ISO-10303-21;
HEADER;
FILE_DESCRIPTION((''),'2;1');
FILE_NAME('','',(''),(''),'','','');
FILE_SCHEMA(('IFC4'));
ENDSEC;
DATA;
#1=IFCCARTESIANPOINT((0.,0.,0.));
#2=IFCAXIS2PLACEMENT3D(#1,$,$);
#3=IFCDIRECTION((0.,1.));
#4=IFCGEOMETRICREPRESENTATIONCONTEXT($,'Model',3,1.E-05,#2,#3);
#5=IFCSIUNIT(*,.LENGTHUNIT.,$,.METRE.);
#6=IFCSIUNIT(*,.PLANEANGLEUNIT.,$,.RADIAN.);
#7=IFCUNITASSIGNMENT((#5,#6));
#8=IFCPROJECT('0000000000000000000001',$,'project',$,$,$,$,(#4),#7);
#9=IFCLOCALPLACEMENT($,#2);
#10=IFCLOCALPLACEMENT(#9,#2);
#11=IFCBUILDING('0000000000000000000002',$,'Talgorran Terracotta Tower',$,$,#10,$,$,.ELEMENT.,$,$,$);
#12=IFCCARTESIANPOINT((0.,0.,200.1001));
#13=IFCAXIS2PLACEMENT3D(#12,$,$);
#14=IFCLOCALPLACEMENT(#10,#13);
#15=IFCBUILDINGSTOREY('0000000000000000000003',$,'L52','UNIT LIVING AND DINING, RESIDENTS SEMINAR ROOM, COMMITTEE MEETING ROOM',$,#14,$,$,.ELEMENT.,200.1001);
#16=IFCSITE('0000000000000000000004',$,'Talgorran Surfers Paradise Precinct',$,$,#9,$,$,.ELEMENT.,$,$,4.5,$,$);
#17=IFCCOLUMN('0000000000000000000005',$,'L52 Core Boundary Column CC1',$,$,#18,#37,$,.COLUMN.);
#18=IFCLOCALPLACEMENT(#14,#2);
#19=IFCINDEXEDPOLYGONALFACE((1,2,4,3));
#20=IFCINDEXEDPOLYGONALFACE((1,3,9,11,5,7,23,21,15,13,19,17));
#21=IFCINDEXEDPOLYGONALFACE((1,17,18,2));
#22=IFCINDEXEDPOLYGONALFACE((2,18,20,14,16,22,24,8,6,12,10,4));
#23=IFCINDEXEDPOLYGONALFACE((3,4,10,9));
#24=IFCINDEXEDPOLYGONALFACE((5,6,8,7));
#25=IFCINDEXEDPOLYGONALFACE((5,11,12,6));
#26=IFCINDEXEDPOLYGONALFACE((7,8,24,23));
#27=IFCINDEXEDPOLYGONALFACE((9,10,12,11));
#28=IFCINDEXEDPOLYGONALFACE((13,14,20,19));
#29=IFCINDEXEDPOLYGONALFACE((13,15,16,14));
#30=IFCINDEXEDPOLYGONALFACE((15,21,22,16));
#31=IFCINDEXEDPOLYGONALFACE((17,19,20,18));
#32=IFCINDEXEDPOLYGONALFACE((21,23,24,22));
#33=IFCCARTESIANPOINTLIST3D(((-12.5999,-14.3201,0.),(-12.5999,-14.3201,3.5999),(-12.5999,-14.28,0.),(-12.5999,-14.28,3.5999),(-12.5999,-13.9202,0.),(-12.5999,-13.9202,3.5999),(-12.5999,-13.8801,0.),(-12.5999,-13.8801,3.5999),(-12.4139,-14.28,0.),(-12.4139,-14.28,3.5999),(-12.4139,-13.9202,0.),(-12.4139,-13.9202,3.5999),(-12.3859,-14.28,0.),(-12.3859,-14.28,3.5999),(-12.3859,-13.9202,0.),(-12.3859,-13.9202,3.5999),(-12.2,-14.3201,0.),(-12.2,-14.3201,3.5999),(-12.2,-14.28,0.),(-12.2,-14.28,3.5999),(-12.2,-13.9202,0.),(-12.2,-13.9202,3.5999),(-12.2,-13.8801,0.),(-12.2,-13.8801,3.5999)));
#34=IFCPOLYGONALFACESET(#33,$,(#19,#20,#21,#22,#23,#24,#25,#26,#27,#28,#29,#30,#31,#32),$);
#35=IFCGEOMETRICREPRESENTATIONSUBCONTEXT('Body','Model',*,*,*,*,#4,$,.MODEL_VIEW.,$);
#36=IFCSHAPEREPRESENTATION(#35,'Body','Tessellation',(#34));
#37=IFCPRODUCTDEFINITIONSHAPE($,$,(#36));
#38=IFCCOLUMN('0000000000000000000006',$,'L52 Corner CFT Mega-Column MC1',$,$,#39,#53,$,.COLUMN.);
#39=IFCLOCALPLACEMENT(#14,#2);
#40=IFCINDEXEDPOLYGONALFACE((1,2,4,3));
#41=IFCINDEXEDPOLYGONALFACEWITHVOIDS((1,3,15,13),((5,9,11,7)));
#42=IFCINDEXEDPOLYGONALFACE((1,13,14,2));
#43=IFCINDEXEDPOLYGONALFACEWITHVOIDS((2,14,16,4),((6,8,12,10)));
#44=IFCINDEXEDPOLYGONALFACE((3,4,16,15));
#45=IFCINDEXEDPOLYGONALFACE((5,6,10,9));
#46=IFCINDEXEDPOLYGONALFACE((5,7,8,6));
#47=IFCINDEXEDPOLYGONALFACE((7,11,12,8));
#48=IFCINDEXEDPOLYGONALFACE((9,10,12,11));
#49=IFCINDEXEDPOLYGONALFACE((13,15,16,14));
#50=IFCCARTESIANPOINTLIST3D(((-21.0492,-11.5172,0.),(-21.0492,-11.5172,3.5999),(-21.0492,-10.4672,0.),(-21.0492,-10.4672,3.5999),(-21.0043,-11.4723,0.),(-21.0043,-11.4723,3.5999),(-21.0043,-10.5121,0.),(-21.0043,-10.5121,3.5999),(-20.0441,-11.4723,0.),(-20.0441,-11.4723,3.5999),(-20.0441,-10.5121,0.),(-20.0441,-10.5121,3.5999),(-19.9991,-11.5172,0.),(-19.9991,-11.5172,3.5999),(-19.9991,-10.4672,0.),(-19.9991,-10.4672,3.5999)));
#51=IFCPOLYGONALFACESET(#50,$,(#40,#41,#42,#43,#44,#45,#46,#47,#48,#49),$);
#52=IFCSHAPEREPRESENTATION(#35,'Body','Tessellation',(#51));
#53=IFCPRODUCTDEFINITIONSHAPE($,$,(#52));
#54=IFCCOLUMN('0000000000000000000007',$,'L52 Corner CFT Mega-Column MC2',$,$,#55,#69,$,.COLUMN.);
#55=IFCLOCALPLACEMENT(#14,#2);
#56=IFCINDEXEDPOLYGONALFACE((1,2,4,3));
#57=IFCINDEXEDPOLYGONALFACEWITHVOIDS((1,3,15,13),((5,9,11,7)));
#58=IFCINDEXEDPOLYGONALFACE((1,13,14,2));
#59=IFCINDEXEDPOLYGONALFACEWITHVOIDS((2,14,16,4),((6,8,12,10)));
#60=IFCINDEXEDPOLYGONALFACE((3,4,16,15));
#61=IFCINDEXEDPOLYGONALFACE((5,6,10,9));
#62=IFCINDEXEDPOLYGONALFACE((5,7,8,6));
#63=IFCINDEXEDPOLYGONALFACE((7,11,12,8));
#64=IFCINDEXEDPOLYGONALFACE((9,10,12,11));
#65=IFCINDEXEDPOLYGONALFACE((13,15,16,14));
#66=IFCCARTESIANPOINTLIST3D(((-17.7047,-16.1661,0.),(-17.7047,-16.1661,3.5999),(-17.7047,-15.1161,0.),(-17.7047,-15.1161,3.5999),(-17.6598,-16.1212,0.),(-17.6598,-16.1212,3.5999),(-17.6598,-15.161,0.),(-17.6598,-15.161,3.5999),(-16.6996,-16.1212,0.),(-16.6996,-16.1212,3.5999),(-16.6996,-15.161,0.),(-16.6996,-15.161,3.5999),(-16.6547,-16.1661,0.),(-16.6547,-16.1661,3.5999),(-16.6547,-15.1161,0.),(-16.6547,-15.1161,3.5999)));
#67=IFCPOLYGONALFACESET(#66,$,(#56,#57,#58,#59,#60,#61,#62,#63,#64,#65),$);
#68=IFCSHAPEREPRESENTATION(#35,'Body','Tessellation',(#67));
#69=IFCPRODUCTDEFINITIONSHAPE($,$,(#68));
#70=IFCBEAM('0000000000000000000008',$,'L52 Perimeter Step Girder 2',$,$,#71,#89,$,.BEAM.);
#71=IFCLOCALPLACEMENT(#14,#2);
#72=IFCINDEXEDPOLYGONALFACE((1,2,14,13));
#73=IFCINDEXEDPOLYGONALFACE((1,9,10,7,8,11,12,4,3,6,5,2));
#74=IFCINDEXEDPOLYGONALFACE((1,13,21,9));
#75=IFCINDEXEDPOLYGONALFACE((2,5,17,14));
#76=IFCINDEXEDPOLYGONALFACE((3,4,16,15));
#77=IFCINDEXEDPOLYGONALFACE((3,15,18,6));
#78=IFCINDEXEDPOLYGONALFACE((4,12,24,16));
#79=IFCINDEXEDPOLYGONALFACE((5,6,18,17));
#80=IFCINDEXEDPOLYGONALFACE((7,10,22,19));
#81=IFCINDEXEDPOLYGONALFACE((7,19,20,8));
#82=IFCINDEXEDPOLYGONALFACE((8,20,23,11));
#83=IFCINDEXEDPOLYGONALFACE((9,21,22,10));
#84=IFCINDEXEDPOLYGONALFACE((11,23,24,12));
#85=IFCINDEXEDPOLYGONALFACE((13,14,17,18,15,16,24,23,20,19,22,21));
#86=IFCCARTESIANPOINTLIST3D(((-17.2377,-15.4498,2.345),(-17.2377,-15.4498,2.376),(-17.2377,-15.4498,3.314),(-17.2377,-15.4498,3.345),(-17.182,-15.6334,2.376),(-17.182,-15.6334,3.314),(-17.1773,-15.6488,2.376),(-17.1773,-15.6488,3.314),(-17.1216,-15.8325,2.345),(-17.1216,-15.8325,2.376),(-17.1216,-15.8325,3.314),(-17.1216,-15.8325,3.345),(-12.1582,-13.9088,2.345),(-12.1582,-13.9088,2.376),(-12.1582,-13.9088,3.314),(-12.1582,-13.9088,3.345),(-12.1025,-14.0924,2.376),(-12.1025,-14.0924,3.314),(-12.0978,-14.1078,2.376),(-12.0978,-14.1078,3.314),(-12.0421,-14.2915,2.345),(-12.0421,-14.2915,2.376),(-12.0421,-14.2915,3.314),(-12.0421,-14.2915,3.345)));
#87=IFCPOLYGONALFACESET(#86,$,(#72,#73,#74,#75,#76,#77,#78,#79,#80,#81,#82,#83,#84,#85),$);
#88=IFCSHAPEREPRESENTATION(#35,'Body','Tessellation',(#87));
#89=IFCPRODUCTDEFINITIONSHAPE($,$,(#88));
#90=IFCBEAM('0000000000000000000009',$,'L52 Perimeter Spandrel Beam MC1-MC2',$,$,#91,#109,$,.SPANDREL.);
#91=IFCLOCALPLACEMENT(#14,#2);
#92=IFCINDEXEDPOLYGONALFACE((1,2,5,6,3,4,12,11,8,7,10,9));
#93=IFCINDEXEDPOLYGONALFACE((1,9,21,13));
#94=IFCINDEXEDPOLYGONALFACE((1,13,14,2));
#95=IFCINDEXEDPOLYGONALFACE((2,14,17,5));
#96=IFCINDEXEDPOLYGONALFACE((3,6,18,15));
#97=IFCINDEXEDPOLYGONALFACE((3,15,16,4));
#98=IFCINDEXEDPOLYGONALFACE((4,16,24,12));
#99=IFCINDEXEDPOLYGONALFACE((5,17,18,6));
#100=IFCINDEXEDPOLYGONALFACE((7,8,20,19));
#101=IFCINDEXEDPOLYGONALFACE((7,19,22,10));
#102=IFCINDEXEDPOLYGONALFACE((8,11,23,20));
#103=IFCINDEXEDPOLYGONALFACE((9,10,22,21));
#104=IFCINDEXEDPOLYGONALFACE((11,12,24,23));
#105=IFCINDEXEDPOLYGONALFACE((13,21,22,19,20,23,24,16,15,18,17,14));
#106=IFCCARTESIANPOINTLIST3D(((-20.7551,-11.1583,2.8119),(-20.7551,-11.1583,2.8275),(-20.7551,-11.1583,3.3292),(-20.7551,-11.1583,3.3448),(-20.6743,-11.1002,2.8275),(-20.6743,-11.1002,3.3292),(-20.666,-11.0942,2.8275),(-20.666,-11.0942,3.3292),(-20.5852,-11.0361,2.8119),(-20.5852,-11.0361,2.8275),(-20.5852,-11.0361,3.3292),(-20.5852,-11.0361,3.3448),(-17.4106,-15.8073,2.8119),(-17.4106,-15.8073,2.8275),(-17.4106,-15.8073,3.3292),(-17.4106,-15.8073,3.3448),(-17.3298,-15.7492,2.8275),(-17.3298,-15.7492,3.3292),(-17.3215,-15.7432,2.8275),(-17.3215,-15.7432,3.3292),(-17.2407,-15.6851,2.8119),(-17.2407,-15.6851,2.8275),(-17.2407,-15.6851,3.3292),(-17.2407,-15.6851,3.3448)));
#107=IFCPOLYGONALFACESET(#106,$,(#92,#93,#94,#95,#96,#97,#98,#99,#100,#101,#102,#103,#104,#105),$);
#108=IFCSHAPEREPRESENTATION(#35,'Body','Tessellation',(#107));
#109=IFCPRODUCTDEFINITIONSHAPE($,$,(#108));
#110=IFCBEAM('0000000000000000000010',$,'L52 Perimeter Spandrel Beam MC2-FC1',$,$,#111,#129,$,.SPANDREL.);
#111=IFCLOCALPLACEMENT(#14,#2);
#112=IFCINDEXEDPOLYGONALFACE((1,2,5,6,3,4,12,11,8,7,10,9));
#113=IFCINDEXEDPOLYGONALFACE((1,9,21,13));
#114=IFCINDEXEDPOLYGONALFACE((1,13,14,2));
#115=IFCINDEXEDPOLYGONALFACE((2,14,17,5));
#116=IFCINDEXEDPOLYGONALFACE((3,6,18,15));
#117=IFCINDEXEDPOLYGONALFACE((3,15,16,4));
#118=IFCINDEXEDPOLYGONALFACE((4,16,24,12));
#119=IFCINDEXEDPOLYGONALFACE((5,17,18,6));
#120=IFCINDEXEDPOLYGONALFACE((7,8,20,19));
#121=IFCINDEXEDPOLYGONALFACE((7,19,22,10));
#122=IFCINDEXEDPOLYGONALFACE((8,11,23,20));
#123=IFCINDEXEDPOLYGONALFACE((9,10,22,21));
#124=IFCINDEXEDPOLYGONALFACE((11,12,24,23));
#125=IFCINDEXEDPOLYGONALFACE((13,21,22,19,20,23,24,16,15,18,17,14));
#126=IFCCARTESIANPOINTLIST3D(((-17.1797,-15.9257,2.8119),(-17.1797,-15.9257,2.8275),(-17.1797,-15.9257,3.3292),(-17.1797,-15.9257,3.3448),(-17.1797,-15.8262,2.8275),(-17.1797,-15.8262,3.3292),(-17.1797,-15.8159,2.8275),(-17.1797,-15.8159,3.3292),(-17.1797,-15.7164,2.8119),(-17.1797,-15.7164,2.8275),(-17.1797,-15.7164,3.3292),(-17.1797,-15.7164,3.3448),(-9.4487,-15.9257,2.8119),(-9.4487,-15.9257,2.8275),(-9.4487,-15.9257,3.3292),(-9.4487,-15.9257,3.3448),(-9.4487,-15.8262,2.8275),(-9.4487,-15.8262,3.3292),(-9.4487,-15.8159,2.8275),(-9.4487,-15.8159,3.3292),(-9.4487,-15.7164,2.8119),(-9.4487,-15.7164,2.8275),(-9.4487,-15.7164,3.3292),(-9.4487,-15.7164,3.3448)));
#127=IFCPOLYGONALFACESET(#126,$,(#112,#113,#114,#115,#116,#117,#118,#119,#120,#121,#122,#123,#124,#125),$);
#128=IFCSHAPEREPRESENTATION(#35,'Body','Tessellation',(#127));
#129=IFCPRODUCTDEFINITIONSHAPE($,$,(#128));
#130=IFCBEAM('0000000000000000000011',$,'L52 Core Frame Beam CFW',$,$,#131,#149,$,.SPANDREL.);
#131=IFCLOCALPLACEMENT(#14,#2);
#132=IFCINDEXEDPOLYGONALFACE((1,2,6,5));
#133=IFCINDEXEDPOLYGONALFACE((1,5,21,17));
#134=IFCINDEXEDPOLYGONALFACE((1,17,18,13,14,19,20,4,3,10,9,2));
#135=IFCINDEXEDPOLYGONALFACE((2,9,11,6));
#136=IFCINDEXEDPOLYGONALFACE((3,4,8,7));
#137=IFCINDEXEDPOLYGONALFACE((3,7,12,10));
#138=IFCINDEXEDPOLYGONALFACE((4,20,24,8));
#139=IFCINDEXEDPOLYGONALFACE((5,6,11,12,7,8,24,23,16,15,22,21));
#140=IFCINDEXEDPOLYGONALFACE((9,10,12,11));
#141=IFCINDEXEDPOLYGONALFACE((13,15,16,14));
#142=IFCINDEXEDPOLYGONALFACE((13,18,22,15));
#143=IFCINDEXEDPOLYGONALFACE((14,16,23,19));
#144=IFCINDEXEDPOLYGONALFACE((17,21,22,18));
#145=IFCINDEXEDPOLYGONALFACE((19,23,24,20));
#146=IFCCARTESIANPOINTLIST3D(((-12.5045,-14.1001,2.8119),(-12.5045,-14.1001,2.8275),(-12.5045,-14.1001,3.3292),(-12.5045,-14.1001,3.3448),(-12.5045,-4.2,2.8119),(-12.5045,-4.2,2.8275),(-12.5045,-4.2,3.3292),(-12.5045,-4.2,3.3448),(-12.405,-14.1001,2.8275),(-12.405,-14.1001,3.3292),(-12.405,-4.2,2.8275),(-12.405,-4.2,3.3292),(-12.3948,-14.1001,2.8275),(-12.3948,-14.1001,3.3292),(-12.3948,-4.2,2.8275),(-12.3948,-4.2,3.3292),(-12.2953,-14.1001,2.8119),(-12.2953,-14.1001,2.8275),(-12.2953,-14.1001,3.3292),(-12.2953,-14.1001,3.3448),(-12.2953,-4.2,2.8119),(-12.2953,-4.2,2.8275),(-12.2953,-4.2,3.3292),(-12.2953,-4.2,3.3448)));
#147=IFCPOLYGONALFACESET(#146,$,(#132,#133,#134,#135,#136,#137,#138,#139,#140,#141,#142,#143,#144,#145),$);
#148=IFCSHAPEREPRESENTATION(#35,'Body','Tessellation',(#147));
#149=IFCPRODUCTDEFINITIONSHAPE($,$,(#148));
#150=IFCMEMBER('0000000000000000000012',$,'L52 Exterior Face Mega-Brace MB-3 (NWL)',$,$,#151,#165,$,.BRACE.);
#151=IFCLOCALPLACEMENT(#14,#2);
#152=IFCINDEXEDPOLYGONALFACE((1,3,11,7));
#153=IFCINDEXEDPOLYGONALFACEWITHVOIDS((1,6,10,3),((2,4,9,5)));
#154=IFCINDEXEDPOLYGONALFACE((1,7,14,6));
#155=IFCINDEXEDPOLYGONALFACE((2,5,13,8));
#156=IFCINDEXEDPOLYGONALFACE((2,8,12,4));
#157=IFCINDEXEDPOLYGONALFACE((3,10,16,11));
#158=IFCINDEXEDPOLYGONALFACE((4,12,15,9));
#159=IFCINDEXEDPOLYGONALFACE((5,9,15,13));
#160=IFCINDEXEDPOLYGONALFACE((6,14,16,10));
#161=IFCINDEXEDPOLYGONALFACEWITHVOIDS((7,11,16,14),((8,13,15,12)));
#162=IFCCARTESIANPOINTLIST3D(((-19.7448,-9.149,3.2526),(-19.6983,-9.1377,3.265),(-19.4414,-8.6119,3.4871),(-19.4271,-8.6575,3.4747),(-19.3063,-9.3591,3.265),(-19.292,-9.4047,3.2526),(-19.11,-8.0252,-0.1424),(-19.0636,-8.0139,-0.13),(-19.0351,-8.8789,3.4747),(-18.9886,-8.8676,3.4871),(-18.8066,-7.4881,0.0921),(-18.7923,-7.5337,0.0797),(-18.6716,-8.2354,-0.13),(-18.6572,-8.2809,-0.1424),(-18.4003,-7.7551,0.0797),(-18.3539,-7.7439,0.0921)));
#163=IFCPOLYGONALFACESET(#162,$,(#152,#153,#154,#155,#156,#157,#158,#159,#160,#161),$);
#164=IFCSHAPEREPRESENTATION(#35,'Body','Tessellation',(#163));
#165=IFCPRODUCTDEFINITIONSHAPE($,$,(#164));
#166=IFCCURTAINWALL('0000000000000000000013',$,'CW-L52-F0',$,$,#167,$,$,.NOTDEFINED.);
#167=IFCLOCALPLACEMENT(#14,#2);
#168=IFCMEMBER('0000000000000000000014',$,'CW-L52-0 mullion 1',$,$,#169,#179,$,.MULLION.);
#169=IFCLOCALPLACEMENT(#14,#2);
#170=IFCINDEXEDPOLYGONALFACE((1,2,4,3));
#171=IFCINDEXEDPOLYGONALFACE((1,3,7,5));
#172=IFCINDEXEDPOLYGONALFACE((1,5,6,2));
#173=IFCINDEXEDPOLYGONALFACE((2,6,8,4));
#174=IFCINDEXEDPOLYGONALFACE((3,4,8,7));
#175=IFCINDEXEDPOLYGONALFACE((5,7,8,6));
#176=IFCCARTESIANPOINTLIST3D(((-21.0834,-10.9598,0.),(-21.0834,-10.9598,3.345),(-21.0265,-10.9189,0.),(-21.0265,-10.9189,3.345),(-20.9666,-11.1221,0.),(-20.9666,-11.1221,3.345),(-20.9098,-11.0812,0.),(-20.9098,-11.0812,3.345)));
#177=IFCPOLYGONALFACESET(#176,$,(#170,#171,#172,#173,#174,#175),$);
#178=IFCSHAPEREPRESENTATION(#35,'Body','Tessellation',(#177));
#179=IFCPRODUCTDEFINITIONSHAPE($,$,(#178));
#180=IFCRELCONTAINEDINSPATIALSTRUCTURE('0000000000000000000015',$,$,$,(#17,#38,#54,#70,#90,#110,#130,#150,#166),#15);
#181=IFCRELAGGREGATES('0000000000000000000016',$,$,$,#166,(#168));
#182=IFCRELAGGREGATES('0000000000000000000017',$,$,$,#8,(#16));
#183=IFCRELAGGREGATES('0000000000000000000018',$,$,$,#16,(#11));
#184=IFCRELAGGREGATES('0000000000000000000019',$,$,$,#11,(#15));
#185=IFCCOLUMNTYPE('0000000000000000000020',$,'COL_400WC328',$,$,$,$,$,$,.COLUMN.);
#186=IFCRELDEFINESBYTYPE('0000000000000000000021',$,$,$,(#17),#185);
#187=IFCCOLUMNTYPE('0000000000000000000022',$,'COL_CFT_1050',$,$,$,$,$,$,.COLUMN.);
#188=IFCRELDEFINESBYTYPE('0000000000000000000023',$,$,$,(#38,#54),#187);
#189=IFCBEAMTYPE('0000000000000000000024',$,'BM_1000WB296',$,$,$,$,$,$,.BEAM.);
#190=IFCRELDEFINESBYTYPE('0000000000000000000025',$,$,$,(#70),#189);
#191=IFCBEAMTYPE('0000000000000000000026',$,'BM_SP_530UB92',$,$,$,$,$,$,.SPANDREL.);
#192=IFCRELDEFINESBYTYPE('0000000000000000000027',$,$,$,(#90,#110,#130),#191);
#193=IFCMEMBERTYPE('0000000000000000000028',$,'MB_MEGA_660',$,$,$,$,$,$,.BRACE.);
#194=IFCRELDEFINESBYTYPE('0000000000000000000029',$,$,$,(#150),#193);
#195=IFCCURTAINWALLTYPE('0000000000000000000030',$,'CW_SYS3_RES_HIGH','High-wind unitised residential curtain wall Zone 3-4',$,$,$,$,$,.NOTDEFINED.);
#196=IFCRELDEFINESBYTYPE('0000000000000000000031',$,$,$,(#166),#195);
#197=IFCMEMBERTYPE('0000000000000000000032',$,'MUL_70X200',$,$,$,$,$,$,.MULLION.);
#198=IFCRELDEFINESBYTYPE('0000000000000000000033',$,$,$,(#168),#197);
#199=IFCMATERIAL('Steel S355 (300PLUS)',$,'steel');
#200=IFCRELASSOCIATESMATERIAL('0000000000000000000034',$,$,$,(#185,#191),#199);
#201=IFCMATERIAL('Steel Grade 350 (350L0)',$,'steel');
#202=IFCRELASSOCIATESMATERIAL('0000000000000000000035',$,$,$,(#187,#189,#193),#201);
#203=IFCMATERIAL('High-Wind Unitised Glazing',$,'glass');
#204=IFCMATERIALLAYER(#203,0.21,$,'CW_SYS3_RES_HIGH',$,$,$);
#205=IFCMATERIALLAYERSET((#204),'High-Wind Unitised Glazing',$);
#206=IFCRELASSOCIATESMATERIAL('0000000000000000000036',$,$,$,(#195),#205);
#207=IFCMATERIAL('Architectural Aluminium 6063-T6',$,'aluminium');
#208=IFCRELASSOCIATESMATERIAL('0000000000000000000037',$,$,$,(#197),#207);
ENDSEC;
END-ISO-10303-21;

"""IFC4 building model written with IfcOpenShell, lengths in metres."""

from ifc_helpers import new_model, si_unit, direction, frame, origin, origin_2d, place, context, subcontext, project, spatial, rectangle, hollow_rectangle, i_section, extrude, material, layer, layer_set, material_profile, profile_set, type_object, element, aggregate, save


model = new_model("IFC4")

# Units and contexts
model_context = context("Model", 3, precision=1e-05, world=origin(), true_north=direction((0.0, 1.0)))
body_context = subcontext(model_context, "Body", "Model", "MODEL_VIEW")
ifc_project = project(units=[si_unit("LENGTHUNIT", "METRE"), si_unit("PLANEANGLEUNIT", "RADIAN")], contexts=[model_context])

# Site, building, storey
site_placement = place(None, origin())
site = spatial("IfcSite", under=ifc_project, at=site_placement, Name="Talgorran Surfers Paradise Precinct", CompositionType="ELEMENT", RefElevation=4.5)
building_placement = place(site_placement, origin())
building = spatial("IfcBuilding", under=site, at=building_placement, Name="Talgorran Terracotta Tower", CompositionType="ELEMENT")
storey_placement = place(building_placement, frame((0.0, 0.0, 200.1001)))
storey = spatial("IfcBuildingStorey", under=building, at=storey_placement, Name="L52", Description="UNIT LIVING AND DINING, RESIDENTS SEMINAR ROOM, COMMITTEE MEETING ROOM", CompositionType="ELEMENT", Elevation=200.1001)

# Columns
ifc_material_1 = material(Name="Steel S355 (300PLUS)", Category="steel")
ifc_material_profile_1 = material_profile(ifc_material_1, i_section(OverallWidth=0.3999, OverallDepth=0.4399, WebThickness=0.0281, FlangeThickness=0.04, at=origin_2d()), Name="400WC328")
ifc_profile_set_1 = profile_set([ifc_material_profile_1], Name="Steel S355 (300PLUS)")
column_type_1 = type_object("IfcColumnType", Name="COL_400WC328", PredefinedType="COLUMN", material=ifc_profile_set_1)
column_placement = place(storey_placement, frame((-12.3999, -14.1001, 0.0), z_axis=(0.0, 0.0, 1.0), x_axis=(1.0, 0.0, 0.0)))
element("IfcColumn", 1, at=column_placement, inside=storey, type_object=column_type_1, Name="L52 Core Boundary Column CC1", PredefinedType="COLUMN", context=body_context, shape_type="SweptSolid", body=[
    extrude(i_section(OverallWidth=0.3999, OverallDepth=0.4399, WebThickness=0.0281, FlangeThickness=0.04, at=origin_2d()), origin(), (0.0, 0.0, 1.0), 3.5999),
])
ifc_material_2 = material(Name="Steel Grade 350 (350L0)", Category="steel")
ifc_material_profile_2 = material_profile(ifc_material_2, hollow_rectangle(XDim=1.05, YDim=1.05, WallThickness=0.0449, at=origin_2d()), Name="CFT1050X1050X45")
ifc_profile_set_2 = profile_set([ifc_material_profile_2], Name="Steel Grade 350 (350L0)")
column_type_2 = type_object("IfcColumnType", Name="COL_CFT_1050", PredefinedType="COLUMN", material=ifc_profile_set_2)
for number, where, z_axis, x_axis, name in (
    (2, (-20.5242, -10.9922, 0.0), (0.0, 0.0, 1.0), (1.0, 0.0, 0.0), "L52 Corner CFT Mega-Column MC1"),
    (3, (-17.1797, -15.6411, 0.0), (0.0, 0.0, 1.0), (1.0, 0.0, 0.0), "L52 Corner CFT Mega-Column MC2"),
):
    element("IfcColumn", number, at=place(storey_placement, frame(where, z_axis=z_axis, x_axis=x_axis)), inside=storey, type_object=column_type_2, Name=name, PredefinedType="COLUMN", context=body_context, shape_type="SweptSolid", body=[
        extrude(hollow_rectangle(XDim=1.05, YDim=1.05, WallThickness=0.0449, at=origin_2d()), origin(), (0.0, 0.0, 1.0), 3.5999),
    ])

# Beams
ifc_material_profile_3 = material_profile(ifc_material_2, i_section(OverallWidth=0.3999, OverallDepth=1.0, WebThickness=0.0161, FlangeThickness=0.031, at=origin_2d()), Name="1000WB296")
ifc_profile_set_3 = profile_set([ifc_material_profile_3], Name="Steel Grade 350 (350L0)")
beam_type_1 = type_object("IfcBeamType", Name="BM_1000WB296", PredefinedType="BEAM", material=ifc_profile_set_3)
beam_1_placement = place(storey_placement, frame((-17.1797, -15.6411, 2.845), z_axis=(0.956933, 0.290309, 0.0), x_axis=(-0.290309, 0.956933, 0.0)))
element("IfcBeam", 4, at=beam_1_placement, inside=storey, type_object=beam_type_1, Name="L52 Perimeter Step Girder 2", PredefinedType="BEAM", context=body_context, shape_type="SweptSolid", body=[
    extrude(i_section(OverallWidth=0.3999, OverallDepth=1.0, WebThickness=0.0161, FlangeThickness=0.031, at=origin_2d()), origin(), (0.0, 0.0, 1.0), 5.3081),
])
ifc_material_profile_4 = material_profile(ifc_material_1, i_section(OverallWidth=0.2092, OverallDepth=0.533, WebThickness=0.0103, FlangeThickness=0.0156, at=origin_2d()), Name="530UB92.4")
ifc_profile_set_4 = profile_set([ifc_material_profile_4], Name="Steel S355 (300PLUS)")
beam_type_2 = type_object("IfcBeamType", Name="BM_SP_530UB92", PredefinedType="SPANDREL", material=ifc_profile_set_4)
beam_2_placement = place(storey_placement, frame((-20.6702, -11.0972, 3.0784), z_axis=(0.583989, -0.811761, 0.0), x_axis=(0.811761, 0.583989, 0.0)))
element("IfcBeam", 5, at=beam_2_placement, inside=storey, type_object=beam_type_2, Name="L52 Perimeter Spandrel Beam MC1-MC2", PredefinedType="SPANDREL", context=body_context, shape_type="SweptSolid", body=[
    extrude(i_section(OverallWidth=0.2092, OverallDepth=0.533, WebThickness=0.0103, FlangeThickness=0.0156, at=origin_2d()), origin(), (0.0, 0.0, 1.0), 5.7271),
])
beam_3_placement = place(storey_placement, frame((-17.1797, -15.821, 3.0784), z_axis=(1.0, 0.0, 0.0), x_axis=(0.0, 1.0, 0.0)))
element("IfcBeam", 6, at=beam_3_placement, inside=storey, type_object=beam_type_2, Name="L52 Perimeter Spandrel Beam MC2-FC1", PredefinedType="SPANDREL", context=body_context, shape_type="SweptSolid", body=[
    extrude(i_section(OverallWidth=0.2092, OverallDepth=0.533, WebThickness=0.0103, FlangeThickness=0.0156, at=origin_2d()), origin(), (0.0, 0.0, 1.0), 7.731),
])
beam_4_placement = place(storey_placement, frame((-12.3999, -14.1001, 3.0784), z_axis=(0.0, 1.0, 0.0), x_axis=(-1.0, 0.0, 0.0)))
element("IfcBeam", 7, at=beam_4_placement, inside=storey, type_object=beam_type_2, Name="L52 Core Frame Beam CFW", PredefinedType="SPANDREL", context=body_context, shape_type="SweptSolid", body=[
    extrude(i_section(OverallWidth=0.2092, OverallDepth=0.533, WebThickness=0.0103, FlangeThickness=0.0156, at=origin_2d()), origin(), (0.0, 0.0, 1.0), 9.9001),
])

# Member
ifc_material_profile_5 = material_profile(ifc_material_2, hollow_rectangle(XDim=0.52, YDim=0.6599, WallThickness=0.0349, at=origin_2d()), Name="WBOX660X520X35")
ifc_profile_set_5 = profile_set([ifc_material_profile_5], Name="Steel Grade 350 (350L0)")
member_type_1 = type_object("IfcMemberType", Name="MB_MEGA_660", PredefinedType="BRACE", material=ifc_profile_set_5)
member_1_placement = place(storey_placement, frame((-18.7319, -7.8845, -0.0251), z_axis=(-0.174767, -0.309404, 0.934733), x_axis=(0.8707, -0.491814, 0.0)))
element("IfcMember", 8, at=member_1_placement, inside=storey, type_object=member_type_1, Name="L52 Exterior Face Mega-Brace MB-3 (NWL)", PredefinedType="BRACE", context=body_context, shape_type="SweptSolid", body=[
    extrude(hollow_rectangle(XDim=0.52, YDim=0.6599, WallThickness=0.0349, at=origin_2d()), origin(), (0.0, 0.0, 1.0), 3.6321),
])

# Curtain wall, member
ifc_material_3 = material(Name="High-Wind Unitised Glazing", Category="glass")
ifc_layer_1 = layer(ifc_material_3, 0.21, Name="CW_SYS3_RES_HIGH")
ifc_layer_set_1 = layer_set([ifc_layer_1], Name="High-Wind Unitised Glazing")
curtain_wall_type = type_object("IfcCurtainWallType", Name="CW_SYS3_RES_HIGH", Description="High-wind unitised residential curtain wall Zone 3-4", PredefinedType="NOTDEFINED", material=ifc_layer_set_1)
curtain_wall_1_placement = place(storey_placement, origin())
curtain_wall_1 = element("IfcCurtainWall", 9, at=curtain_wall_1_placement, inside=storey, type_object=curtain_wall_type, Name="CW-L52-F0", PredefinedType="NOTDEFINED")
ifc_material_4 = material(Name="Architectural Aluminium 6063-T6", Category="aluminium")
ifc_material_profile_6 = material_profile(ifc_material_4, rectangle(XDim=0.0701, YDim=0.2, at=origin_2d()), Name="CWM70X200")
ifc_profile_set_6 = profile_set([ifc_material_profile_6], Name="Architectural Aluminium 6063-T6")
member_type_2 = type_object("IfcMemberType", Name="MUL_70X200", PredefinedType="MULLION", material=ifc_profile_set_6)
member_2_placement = place(storey_placement, frame((-20.9966, -11.0205, 0.0), z_axis=(0.0, 0.0, 1.0), x_axis=(0.811769, 0.583979, 0.0)))
member_2 = element("IfcMember", 10, at=member_2_placement, type_object=member_type_2, Name="CW-L52-0 mullion 1", PredefinedType="MULLION", context=body_context, shape_type="SweptSolid", body=[
    extrude(rectangle(XDim=0.0701, YDim=0.2, at=origin_2d()), origin(), (0.0, 0.0, 1.0), 3.345),
])

aggregate(curtain_wall_1, [member_2])

save(model, "model.ifc")
